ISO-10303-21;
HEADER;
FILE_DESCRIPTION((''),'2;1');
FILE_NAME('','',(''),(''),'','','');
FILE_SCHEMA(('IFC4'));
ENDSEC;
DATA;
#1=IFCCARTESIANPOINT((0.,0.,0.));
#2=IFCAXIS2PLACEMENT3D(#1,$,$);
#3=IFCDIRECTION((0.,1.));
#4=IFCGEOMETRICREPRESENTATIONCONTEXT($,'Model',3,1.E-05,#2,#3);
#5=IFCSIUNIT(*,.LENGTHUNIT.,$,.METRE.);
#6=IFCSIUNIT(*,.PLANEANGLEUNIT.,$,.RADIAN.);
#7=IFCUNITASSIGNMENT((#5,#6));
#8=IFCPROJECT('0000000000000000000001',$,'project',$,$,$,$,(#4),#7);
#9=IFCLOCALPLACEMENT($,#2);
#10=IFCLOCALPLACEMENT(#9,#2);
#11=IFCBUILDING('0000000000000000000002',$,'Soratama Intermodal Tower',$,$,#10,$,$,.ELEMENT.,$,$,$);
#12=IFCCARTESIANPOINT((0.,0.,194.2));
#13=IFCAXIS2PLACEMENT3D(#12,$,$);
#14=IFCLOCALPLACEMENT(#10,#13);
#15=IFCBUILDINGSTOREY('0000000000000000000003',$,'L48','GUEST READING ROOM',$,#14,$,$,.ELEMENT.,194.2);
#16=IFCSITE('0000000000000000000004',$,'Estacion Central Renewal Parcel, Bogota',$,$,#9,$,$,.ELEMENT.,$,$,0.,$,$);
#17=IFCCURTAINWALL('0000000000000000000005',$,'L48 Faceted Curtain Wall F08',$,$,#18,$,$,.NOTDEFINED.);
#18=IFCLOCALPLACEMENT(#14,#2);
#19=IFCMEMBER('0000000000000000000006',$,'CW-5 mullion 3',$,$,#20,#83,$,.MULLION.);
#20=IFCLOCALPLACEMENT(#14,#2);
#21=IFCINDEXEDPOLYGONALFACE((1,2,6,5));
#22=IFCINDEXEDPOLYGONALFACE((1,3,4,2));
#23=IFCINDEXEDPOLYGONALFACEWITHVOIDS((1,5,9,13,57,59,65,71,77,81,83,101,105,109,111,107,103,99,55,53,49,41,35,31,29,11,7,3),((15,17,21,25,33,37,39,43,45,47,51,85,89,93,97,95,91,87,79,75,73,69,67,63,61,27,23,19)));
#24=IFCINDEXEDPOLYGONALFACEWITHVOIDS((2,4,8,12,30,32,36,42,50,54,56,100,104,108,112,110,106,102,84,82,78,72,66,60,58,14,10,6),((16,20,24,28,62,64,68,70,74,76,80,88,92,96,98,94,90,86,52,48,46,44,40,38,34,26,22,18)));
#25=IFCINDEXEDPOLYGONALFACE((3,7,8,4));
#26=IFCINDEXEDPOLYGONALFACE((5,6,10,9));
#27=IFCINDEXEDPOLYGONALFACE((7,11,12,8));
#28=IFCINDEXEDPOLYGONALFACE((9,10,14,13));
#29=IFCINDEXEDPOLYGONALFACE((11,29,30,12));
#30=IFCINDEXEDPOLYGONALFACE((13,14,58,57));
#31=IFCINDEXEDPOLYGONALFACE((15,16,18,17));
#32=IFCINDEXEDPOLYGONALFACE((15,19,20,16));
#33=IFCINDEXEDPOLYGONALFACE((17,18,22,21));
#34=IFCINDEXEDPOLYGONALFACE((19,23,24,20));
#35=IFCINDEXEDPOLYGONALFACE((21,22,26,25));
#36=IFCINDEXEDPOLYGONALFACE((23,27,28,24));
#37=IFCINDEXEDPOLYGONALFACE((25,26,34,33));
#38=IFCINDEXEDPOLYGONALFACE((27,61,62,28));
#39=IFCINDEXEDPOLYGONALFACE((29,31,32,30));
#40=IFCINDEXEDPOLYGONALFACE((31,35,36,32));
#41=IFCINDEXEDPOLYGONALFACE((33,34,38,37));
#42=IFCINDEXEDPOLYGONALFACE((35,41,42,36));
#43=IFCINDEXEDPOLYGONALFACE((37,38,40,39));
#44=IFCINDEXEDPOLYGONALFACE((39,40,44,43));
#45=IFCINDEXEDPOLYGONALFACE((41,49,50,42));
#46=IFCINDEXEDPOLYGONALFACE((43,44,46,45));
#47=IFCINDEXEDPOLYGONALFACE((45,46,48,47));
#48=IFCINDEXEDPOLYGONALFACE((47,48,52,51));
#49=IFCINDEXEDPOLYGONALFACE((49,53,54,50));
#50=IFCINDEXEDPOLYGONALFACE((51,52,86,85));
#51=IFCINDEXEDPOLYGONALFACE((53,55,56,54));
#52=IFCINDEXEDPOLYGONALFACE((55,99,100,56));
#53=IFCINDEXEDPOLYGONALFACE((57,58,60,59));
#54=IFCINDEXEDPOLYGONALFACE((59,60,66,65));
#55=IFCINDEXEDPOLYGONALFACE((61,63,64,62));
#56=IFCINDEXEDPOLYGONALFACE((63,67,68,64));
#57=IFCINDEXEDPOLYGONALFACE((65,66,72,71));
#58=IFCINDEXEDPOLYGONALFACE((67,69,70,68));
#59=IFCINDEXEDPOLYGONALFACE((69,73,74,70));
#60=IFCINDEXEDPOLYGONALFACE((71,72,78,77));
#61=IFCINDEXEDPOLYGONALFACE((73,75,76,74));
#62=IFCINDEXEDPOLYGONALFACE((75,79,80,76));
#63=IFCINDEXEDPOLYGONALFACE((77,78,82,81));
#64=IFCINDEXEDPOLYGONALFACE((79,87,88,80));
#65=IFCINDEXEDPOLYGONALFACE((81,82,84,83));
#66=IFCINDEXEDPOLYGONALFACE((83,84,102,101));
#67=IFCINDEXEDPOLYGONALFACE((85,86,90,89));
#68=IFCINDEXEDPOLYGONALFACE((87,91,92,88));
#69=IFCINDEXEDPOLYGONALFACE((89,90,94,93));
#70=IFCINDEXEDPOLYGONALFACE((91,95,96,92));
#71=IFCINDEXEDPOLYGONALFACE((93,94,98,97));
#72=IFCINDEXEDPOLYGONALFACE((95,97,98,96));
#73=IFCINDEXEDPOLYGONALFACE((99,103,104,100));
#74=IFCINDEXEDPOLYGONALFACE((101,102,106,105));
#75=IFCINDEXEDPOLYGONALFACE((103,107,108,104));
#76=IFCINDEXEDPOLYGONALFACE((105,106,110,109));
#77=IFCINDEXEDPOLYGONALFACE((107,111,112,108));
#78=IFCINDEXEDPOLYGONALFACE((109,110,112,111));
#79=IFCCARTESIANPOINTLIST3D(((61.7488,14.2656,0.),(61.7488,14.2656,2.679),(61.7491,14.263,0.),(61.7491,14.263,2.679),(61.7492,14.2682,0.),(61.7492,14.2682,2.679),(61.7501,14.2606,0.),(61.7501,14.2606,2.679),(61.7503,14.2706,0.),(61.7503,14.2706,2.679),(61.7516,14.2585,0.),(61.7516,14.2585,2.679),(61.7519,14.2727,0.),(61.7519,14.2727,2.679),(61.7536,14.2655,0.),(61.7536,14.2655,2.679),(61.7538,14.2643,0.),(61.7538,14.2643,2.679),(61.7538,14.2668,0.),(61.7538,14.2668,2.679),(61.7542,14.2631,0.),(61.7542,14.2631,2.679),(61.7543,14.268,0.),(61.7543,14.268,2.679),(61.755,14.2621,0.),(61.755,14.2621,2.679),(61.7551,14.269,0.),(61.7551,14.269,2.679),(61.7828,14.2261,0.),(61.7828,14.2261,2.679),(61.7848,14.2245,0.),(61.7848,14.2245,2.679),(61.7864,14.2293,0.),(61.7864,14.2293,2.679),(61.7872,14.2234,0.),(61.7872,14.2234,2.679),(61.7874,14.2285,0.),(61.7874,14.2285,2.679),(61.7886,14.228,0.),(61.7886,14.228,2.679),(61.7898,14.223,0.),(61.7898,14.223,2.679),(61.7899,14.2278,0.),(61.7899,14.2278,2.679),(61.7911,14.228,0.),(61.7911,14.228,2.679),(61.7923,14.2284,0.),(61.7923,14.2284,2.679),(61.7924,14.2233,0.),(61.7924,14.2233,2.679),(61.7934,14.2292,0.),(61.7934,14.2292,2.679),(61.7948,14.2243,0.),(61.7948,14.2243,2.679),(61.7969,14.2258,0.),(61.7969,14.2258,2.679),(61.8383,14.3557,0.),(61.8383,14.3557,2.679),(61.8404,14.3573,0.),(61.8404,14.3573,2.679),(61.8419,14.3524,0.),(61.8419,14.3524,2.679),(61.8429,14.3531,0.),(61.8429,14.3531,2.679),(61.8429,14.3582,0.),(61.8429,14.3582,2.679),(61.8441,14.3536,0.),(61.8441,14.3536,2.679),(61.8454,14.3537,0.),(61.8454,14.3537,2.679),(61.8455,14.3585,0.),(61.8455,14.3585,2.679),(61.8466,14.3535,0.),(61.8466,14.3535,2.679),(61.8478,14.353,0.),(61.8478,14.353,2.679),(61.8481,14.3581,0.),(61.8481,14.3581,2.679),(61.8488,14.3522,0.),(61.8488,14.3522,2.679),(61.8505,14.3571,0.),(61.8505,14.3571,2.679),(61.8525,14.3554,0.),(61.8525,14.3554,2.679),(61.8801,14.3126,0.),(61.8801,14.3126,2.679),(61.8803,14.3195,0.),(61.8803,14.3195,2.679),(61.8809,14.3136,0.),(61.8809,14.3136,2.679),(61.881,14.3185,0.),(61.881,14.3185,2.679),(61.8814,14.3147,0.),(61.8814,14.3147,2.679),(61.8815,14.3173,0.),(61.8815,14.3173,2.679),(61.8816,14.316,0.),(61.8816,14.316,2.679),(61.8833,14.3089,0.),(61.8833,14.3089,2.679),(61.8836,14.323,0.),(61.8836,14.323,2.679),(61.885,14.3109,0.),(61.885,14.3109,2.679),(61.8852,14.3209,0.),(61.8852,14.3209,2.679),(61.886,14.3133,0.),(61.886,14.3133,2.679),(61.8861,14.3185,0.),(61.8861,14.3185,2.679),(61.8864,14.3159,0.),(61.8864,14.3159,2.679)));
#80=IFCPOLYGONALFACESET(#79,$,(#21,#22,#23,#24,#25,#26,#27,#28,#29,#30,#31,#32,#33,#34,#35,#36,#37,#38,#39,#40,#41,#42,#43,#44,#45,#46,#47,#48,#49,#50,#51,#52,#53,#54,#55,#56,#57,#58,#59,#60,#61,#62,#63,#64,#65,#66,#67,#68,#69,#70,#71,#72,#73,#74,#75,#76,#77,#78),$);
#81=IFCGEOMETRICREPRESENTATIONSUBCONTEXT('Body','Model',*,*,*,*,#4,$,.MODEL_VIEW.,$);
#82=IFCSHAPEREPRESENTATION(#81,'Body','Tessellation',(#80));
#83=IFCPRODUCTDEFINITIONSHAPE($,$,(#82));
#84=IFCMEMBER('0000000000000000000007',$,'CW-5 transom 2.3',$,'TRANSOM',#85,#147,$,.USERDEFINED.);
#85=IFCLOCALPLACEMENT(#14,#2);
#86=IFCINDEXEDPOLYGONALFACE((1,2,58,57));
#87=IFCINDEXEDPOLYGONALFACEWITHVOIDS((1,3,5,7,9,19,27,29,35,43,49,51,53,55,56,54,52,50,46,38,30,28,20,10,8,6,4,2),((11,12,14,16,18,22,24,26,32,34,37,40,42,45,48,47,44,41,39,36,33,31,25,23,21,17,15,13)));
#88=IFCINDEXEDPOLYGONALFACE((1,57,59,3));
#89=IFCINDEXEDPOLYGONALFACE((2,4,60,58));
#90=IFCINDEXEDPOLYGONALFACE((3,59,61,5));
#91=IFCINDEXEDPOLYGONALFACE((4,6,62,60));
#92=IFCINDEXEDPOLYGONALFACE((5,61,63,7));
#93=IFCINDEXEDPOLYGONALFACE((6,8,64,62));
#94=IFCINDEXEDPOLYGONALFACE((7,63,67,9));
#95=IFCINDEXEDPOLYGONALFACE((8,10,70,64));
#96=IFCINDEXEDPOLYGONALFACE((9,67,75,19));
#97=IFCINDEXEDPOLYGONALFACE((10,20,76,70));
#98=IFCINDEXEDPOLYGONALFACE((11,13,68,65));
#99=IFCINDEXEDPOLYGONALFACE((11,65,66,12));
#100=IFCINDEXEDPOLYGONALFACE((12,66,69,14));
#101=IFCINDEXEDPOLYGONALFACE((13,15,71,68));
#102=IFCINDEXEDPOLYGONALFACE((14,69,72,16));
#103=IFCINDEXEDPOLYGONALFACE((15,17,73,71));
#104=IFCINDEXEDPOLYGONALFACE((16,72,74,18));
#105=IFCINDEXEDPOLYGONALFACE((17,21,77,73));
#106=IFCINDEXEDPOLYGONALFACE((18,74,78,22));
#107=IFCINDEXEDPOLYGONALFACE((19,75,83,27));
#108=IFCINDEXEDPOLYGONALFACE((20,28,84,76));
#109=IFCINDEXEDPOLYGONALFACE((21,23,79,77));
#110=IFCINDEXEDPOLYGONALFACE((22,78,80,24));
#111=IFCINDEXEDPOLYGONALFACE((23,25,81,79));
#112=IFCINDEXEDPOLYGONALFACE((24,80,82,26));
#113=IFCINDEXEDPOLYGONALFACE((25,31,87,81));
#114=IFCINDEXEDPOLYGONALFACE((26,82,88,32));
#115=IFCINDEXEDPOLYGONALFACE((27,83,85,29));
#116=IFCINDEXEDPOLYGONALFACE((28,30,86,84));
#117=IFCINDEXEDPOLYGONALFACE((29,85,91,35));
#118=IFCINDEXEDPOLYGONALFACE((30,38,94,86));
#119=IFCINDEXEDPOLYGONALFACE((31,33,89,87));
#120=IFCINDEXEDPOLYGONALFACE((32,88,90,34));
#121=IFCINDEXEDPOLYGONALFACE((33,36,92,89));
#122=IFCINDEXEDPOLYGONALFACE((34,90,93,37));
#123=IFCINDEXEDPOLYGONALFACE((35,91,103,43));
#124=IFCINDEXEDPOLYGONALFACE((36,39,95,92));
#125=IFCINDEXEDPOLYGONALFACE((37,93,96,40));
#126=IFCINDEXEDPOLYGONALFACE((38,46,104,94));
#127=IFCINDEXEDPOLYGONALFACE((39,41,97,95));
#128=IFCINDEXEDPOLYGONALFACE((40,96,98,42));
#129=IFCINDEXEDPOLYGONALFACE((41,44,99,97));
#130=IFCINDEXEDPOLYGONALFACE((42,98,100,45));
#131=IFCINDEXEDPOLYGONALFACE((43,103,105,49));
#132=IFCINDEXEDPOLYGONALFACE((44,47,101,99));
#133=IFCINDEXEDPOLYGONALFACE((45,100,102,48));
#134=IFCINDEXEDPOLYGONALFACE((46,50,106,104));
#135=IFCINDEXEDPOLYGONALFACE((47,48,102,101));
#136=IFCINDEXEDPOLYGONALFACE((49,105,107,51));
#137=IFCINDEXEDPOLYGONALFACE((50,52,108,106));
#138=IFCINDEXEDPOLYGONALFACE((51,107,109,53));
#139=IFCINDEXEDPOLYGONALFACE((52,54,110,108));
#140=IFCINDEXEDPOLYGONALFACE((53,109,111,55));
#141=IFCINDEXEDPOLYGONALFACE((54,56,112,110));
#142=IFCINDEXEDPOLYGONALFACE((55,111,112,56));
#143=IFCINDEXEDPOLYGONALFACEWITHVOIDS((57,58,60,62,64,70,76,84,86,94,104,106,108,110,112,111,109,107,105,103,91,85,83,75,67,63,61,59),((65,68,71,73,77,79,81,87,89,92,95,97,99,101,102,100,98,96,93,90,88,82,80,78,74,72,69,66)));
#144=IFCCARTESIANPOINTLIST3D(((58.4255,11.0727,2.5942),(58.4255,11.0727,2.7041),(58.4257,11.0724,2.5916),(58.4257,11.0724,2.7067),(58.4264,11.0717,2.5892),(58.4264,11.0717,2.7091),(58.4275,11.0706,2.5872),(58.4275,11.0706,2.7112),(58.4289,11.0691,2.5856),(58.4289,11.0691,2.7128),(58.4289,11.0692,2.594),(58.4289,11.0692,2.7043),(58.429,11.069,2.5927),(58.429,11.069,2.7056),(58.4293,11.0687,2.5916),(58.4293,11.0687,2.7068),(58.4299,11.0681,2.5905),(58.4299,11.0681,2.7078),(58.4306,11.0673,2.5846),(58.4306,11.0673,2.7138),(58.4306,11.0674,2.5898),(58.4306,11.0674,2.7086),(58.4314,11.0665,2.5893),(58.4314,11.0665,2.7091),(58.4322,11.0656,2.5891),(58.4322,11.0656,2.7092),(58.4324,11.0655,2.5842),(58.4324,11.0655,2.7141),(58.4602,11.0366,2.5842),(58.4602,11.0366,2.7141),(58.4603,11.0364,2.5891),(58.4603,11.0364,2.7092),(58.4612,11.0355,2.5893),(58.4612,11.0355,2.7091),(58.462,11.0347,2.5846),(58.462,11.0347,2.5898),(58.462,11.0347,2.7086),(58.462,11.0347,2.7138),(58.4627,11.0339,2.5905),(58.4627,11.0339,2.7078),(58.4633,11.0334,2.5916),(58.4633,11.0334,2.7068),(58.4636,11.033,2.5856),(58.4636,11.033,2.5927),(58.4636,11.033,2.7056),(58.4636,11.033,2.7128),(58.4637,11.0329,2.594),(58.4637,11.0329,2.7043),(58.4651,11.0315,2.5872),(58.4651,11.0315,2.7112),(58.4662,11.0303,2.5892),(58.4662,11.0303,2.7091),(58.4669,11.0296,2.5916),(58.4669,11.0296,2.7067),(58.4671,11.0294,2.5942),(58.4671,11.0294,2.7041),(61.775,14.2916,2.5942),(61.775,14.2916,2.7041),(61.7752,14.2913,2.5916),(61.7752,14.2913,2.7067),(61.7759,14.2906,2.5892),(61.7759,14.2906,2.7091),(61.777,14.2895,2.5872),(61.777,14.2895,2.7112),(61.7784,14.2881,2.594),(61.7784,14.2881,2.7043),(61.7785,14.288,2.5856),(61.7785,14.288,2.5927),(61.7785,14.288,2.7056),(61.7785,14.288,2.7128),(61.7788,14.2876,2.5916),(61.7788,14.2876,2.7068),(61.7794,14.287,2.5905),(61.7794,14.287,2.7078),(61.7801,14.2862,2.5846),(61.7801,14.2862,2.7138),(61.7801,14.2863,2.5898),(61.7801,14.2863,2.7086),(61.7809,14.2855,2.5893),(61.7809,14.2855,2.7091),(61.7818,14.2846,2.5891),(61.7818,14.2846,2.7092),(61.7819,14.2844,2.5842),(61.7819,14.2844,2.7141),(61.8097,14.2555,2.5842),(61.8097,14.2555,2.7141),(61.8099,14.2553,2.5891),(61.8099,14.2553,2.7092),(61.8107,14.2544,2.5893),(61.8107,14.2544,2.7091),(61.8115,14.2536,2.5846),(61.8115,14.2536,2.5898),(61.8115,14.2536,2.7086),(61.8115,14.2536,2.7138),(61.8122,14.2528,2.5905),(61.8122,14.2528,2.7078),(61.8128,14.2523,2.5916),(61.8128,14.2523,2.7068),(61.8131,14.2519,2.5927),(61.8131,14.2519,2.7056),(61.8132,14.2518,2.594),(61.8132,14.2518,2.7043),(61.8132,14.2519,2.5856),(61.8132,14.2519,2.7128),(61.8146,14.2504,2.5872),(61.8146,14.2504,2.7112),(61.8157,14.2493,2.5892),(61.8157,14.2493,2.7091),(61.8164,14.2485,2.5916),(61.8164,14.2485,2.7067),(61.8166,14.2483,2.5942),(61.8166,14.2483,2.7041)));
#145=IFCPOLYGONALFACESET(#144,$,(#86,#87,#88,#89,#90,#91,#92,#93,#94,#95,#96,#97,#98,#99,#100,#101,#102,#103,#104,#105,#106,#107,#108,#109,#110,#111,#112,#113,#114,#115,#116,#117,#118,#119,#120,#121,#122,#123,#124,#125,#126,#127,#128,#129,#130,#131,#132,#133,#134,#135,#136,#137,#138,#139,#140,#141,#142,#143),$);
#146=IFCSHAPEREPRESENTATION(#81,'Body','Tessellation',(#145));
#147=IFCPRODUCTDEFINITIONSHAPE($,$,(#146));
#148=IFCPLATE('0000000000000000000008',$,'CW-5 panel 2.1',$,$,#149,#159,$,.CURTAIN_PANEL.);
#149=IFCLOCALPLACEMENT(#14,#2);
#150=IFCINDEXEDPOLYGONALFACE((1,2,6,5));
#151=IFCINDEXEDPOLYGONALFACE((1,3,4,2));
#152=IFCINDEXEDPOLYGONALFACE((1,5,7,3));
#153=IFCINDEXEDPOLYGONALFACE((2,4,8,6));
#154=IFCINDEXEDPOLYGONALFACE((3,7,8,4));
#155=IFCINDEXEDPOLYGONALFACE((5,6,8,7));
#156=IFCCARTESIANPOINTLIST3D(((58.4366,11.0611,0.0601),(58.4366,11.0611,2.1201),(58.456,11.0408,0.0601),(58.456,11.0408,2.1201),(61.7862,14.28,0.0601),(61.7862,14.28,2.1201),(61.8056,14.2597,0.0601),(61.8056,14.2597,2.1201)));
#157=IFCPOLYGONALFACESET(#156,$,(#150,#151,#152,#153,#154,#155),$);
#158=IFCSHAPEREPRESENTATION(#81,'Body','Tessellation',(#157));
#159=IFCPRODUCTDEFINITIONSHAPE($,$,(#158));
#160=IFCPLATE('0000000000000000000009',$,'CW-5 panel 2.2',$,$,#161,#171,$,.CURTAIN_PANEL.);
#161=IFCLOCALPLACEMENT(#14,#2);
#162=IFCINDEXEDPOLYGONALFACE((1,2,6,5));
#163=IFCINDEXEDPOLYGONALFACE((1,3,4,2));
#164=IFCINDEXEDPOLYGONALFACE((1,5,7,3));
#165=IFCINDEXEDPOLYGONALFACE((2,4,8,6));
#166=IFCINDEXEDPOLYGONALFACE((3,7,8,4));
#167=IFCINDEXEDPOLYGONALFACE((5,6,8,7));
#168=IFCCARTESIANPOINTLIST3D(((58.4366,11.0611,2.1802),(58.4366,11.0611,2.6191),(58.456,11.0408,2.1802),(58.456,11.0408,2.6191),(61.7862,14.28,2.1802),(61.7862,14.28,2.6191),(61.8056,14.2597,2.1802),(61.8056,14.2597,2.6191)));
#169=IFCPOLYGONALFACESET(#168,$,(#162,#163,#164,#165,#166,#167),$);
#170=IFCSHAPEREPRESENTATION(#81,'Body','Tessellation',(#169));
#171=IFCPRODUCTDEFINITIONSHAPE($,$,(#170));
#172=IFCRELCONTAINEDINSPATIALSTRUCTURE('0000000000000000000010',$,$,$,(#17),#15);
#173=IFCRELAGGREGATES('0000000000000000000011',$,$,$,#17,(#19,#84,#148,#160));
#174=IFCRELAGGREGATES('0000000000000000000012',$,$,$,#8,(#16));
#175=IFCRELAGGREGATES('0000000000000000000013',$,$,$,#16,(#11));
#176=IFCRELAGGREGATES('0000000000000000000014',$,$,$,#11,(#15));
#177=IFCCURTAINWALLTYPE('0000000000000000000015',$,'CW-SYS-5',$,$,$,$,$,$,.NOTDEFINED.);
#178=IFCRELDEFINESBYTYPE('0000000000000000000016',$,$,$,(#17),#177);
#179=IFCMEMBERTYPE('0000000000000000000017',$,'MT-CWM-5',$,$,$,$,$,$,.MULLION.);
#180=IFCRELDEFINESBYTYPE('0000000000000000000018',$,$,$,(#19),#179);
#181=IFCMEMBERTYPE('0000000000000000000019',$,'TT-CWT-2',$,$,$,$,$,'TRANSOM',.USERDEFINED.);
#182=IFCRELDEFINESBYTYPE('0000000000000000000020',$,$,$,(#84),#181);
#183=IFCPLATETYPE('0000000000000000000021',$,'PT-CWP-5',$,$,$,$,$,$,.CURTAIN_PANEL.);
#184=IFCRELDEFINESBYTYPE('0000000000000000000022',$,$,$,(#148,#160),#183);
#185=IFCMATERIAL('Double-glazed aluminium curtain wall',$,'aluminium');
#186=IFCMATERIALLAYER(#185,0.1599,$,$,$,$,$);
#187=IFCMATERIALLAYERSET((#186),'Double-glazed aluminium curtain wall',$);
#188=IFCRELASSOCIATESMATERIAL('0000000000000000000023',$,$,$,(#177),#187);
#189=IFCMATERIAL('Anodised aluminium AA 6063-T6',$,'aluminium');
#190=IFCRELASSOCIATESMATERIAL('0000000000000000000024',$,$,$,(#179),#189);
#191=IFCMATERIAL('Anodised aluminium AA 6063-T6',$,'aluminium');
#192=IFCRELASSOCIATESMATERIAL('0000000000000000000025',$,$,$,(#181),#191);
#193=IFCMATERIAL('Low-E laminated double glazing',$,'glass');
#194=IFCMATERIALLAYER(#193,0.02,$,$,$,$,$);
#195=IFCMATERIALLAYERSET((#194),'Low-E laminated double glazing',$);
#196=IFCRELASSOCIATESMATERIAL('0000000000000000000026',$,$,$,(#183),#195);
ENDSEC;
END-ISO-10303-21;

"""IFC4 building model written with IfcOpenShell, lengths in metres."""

from ifc_helpers import new_model, si_unit, direction, frame, origin, origin_2d, place, context, subcontext, project, spatial, rectangle, hollow_rectangle, extrude, material, layer, layer_set, material_profile, profile_set, type_object, element, aggregate, save


model = new_model("IFC4")

# Units and contexts
model_context = context("Model", 3, precision=1e-05, world=origin(), true_north=direction((0.0, 1.0)))
body_context = subcontext(model_context, "Body", "Model", "MODEL_VIEW")
ifc_project = project(units=[si_unit("LENGTHUNIT", "METRE"), si_unit("PLANEANGLEUNIT", "RADIAN")], contexts=[model_context])

# Site, building, storey
site_placement = place(None, origin())
site = spatial("IfcSite", under=ifc_project, at=site_placement, Name="Estacion Central Renewal Parcel, Bogota", CompositionType="ELEMENT", RefElevation=0.0)
building_placement = place(site_placement, origin())
building = spatial("IfcBuilding", under=site, at=building_placement, Name="Soratama Intermodal Tower", CompositionType="ELEMENT")
storey_placement = place(building_placement, frame((0.0, 0.0, 194.2)))
storey = spatial("IfcBuildingStorey", under=building, at=storey_placement, Name="L48", Description="GUEST READING ROOM", CompositionType="ELEMENT", Elevation=194.2)

# Curtain wall, members, plates
ifc_material_1 = material(Name="Double-glazed aluminium curtain wall", Category="aluminium")
ifc_layer_1 = layer(ifc_material_1, 0.1599)
ifc_layer_set_1 = layer_set([ifc_layer_1], Name="Double-glazed aluminium curtain wall")
curtain_wall_type = type_object("IfcCurtainWallType", Name="CW-SYS-5", PredefinedType="NOTDEFINED", material=ifc_layer_set_1)
curtain_wall_placement = place(storey_placement, origin())
curtain_wall = element("IfcCurtainWall", 1, at=curtain_wall_placement, inside=storey, type_object=curtain_wall_type, Name="L48 Faceted Curtain Wall F08", PredefinedType="NOTDEFINED")
ifc_material_2 = material(Name="Anodised aluminium AA 6063-T6", Category="aluminium")
ifc_material_profile_1 = material_profile(ifc_material_2, hollow_rectangle(XDim=0.0649, YDim=0.1399, WallThickness=0.0049, InnerFilletRadius=0.0049, OuterFilletRadius=0.01, at=origin_2d()), Name="CWM140X65X5")
ifc_profile_set_1 = profile_set([ifc_material_profile_1], Name="Anodised aluminium AA 6063-T6")
member_type_1 = type_object("IfcMemberType", Name="MT-CWM-5", PredefinedType="MULLION", material=ifc_profile_set_1)
member_1_placement = place(storey_placement, frame((61.8176, 14.2908, 0.0), z_axis=(0.0, 0.0, 1.0), x_axis=(-0.692898, 0.721036, 0.0)))
member_1 = element("IfcMember", 2, at=member_1_placement, type_object=member_type_1, Name="CW-5 mullion 3", PredefinedType="MULLION", context=body_context, shape_type="SweptSolid", body=[
    extrude(hollow_rectangle(XDim=0.0649, YDim=0.1399, WallThickness=0.0049, InnerFilletRadius=0.0049, OuterFilletRadius=0.01, at=origin_2d()), origin(), (0.0, 0.0, 1.0), 2.679),
])
ifc_material_3 = material(Name="Anodised aluminium AA 6063-T6", Category="aluminium")
ifc_material_profile_2 = material_profile(ifc_material_3, hollow_rectangle(XDim=0.0601, YDim=0.1299, WallThickness=0.0049, InnerFilletRadius=0.0049, OuterFilletRadius=0.01, at=origin_2d()), Name="CWT130X60X5")
ifc_profile_set_2 = profile_set([ifc_material_profile_2], Name="Anodised aluminium AA 6063-T6")
member_type_2 = type_object("IfcMemberType", Name="TT-CWT-2", ElementType="TRANSOM", PredefinedType="USERDEFINED", material=ifc_profile_set_2)
member_2_placement = place(storey_placement, frame((58.4463, 11.051, 2.6492), z_axis=(0.721025, 0.692909, 0.0), x_axis=(-0.692909, 0.721025, 0.0)))
member_2 = element("IfcMember", 3, at=member_2_placement, type_object=member_type_2, Name="CW-5 transom 2.3", ObjectType="TRANSOM", PredefinedType="USERDEFINED", context=body_context, shape_type="SweptSolid", body=[
    extrude(hollow_rectangle(XDim=0.0601, YDim=0.1299, WallThickness=0.0049, InnerFilletRadius=0.0049, OuterFilletRadius=0.01, at=origin_2d()), origin(), (0.0, 0.0, 1.0), 4.6455),
])
ifc_material_4 = material(Name="Low-E laminated double glazing", Category="glass")
ifc_layer_2 = layer(ifc_material_4, 0.02)
ifc_layer_set_2 = layer_set([ifc_layer_2], Name="Low-E laminated double glazing")
plate_type = type_object("IfcPlateType", Name="PT-CWP-5", PredefinedType="CURTAIN_PANEL", material=ifc_layer_set_2)
plate_1_placement = place(storey_placement, frame((60.1211, 12.6604, 0.0601), z_axis=(0.0, 0.0, 1.0), x_axis=(0.721036, 0.692898, 0.0)))
plate_1 = element("IfcPlate", 4, at=plate_1_placement, type_object=plate_type, Name="CW-5 panel 2.1", PredefinedType="CURTAIN_PANEL", context=body_context, shape_type="SweptSolid", body=[
    extrude(rectangle(XDim=4.6455, YDim=0.0281, at=origin_2d()), origin(), (0.0, 0.0, 1.0), 2.0601),
])
plate_2_placement = place(storey_placement, frame((60.1211, 12.6604, 2.1802), z_axis=(0.0, 0.0, 1.0), x_axis=(0.721036, 0.692898, 0.0)))
plate_2 = element("IfcPlate", 5, at=plate_2_placement, type_object=plate_type, Name="CW-5 panel 2.2", PredefinedType="CURTAIN_PANEL", context=body_context, shape_type="SweptSolid", body=[
    extrude(rectangle(XDim=4.6455, YDim=0.0281, at=origin_2d()), origin(), (0.0, 0.0, 1.0), 0.439),
])
aggregate(curtain_wall, [member_1, member_2, plate_1, plate_2])

save(model, "model.ifc")
